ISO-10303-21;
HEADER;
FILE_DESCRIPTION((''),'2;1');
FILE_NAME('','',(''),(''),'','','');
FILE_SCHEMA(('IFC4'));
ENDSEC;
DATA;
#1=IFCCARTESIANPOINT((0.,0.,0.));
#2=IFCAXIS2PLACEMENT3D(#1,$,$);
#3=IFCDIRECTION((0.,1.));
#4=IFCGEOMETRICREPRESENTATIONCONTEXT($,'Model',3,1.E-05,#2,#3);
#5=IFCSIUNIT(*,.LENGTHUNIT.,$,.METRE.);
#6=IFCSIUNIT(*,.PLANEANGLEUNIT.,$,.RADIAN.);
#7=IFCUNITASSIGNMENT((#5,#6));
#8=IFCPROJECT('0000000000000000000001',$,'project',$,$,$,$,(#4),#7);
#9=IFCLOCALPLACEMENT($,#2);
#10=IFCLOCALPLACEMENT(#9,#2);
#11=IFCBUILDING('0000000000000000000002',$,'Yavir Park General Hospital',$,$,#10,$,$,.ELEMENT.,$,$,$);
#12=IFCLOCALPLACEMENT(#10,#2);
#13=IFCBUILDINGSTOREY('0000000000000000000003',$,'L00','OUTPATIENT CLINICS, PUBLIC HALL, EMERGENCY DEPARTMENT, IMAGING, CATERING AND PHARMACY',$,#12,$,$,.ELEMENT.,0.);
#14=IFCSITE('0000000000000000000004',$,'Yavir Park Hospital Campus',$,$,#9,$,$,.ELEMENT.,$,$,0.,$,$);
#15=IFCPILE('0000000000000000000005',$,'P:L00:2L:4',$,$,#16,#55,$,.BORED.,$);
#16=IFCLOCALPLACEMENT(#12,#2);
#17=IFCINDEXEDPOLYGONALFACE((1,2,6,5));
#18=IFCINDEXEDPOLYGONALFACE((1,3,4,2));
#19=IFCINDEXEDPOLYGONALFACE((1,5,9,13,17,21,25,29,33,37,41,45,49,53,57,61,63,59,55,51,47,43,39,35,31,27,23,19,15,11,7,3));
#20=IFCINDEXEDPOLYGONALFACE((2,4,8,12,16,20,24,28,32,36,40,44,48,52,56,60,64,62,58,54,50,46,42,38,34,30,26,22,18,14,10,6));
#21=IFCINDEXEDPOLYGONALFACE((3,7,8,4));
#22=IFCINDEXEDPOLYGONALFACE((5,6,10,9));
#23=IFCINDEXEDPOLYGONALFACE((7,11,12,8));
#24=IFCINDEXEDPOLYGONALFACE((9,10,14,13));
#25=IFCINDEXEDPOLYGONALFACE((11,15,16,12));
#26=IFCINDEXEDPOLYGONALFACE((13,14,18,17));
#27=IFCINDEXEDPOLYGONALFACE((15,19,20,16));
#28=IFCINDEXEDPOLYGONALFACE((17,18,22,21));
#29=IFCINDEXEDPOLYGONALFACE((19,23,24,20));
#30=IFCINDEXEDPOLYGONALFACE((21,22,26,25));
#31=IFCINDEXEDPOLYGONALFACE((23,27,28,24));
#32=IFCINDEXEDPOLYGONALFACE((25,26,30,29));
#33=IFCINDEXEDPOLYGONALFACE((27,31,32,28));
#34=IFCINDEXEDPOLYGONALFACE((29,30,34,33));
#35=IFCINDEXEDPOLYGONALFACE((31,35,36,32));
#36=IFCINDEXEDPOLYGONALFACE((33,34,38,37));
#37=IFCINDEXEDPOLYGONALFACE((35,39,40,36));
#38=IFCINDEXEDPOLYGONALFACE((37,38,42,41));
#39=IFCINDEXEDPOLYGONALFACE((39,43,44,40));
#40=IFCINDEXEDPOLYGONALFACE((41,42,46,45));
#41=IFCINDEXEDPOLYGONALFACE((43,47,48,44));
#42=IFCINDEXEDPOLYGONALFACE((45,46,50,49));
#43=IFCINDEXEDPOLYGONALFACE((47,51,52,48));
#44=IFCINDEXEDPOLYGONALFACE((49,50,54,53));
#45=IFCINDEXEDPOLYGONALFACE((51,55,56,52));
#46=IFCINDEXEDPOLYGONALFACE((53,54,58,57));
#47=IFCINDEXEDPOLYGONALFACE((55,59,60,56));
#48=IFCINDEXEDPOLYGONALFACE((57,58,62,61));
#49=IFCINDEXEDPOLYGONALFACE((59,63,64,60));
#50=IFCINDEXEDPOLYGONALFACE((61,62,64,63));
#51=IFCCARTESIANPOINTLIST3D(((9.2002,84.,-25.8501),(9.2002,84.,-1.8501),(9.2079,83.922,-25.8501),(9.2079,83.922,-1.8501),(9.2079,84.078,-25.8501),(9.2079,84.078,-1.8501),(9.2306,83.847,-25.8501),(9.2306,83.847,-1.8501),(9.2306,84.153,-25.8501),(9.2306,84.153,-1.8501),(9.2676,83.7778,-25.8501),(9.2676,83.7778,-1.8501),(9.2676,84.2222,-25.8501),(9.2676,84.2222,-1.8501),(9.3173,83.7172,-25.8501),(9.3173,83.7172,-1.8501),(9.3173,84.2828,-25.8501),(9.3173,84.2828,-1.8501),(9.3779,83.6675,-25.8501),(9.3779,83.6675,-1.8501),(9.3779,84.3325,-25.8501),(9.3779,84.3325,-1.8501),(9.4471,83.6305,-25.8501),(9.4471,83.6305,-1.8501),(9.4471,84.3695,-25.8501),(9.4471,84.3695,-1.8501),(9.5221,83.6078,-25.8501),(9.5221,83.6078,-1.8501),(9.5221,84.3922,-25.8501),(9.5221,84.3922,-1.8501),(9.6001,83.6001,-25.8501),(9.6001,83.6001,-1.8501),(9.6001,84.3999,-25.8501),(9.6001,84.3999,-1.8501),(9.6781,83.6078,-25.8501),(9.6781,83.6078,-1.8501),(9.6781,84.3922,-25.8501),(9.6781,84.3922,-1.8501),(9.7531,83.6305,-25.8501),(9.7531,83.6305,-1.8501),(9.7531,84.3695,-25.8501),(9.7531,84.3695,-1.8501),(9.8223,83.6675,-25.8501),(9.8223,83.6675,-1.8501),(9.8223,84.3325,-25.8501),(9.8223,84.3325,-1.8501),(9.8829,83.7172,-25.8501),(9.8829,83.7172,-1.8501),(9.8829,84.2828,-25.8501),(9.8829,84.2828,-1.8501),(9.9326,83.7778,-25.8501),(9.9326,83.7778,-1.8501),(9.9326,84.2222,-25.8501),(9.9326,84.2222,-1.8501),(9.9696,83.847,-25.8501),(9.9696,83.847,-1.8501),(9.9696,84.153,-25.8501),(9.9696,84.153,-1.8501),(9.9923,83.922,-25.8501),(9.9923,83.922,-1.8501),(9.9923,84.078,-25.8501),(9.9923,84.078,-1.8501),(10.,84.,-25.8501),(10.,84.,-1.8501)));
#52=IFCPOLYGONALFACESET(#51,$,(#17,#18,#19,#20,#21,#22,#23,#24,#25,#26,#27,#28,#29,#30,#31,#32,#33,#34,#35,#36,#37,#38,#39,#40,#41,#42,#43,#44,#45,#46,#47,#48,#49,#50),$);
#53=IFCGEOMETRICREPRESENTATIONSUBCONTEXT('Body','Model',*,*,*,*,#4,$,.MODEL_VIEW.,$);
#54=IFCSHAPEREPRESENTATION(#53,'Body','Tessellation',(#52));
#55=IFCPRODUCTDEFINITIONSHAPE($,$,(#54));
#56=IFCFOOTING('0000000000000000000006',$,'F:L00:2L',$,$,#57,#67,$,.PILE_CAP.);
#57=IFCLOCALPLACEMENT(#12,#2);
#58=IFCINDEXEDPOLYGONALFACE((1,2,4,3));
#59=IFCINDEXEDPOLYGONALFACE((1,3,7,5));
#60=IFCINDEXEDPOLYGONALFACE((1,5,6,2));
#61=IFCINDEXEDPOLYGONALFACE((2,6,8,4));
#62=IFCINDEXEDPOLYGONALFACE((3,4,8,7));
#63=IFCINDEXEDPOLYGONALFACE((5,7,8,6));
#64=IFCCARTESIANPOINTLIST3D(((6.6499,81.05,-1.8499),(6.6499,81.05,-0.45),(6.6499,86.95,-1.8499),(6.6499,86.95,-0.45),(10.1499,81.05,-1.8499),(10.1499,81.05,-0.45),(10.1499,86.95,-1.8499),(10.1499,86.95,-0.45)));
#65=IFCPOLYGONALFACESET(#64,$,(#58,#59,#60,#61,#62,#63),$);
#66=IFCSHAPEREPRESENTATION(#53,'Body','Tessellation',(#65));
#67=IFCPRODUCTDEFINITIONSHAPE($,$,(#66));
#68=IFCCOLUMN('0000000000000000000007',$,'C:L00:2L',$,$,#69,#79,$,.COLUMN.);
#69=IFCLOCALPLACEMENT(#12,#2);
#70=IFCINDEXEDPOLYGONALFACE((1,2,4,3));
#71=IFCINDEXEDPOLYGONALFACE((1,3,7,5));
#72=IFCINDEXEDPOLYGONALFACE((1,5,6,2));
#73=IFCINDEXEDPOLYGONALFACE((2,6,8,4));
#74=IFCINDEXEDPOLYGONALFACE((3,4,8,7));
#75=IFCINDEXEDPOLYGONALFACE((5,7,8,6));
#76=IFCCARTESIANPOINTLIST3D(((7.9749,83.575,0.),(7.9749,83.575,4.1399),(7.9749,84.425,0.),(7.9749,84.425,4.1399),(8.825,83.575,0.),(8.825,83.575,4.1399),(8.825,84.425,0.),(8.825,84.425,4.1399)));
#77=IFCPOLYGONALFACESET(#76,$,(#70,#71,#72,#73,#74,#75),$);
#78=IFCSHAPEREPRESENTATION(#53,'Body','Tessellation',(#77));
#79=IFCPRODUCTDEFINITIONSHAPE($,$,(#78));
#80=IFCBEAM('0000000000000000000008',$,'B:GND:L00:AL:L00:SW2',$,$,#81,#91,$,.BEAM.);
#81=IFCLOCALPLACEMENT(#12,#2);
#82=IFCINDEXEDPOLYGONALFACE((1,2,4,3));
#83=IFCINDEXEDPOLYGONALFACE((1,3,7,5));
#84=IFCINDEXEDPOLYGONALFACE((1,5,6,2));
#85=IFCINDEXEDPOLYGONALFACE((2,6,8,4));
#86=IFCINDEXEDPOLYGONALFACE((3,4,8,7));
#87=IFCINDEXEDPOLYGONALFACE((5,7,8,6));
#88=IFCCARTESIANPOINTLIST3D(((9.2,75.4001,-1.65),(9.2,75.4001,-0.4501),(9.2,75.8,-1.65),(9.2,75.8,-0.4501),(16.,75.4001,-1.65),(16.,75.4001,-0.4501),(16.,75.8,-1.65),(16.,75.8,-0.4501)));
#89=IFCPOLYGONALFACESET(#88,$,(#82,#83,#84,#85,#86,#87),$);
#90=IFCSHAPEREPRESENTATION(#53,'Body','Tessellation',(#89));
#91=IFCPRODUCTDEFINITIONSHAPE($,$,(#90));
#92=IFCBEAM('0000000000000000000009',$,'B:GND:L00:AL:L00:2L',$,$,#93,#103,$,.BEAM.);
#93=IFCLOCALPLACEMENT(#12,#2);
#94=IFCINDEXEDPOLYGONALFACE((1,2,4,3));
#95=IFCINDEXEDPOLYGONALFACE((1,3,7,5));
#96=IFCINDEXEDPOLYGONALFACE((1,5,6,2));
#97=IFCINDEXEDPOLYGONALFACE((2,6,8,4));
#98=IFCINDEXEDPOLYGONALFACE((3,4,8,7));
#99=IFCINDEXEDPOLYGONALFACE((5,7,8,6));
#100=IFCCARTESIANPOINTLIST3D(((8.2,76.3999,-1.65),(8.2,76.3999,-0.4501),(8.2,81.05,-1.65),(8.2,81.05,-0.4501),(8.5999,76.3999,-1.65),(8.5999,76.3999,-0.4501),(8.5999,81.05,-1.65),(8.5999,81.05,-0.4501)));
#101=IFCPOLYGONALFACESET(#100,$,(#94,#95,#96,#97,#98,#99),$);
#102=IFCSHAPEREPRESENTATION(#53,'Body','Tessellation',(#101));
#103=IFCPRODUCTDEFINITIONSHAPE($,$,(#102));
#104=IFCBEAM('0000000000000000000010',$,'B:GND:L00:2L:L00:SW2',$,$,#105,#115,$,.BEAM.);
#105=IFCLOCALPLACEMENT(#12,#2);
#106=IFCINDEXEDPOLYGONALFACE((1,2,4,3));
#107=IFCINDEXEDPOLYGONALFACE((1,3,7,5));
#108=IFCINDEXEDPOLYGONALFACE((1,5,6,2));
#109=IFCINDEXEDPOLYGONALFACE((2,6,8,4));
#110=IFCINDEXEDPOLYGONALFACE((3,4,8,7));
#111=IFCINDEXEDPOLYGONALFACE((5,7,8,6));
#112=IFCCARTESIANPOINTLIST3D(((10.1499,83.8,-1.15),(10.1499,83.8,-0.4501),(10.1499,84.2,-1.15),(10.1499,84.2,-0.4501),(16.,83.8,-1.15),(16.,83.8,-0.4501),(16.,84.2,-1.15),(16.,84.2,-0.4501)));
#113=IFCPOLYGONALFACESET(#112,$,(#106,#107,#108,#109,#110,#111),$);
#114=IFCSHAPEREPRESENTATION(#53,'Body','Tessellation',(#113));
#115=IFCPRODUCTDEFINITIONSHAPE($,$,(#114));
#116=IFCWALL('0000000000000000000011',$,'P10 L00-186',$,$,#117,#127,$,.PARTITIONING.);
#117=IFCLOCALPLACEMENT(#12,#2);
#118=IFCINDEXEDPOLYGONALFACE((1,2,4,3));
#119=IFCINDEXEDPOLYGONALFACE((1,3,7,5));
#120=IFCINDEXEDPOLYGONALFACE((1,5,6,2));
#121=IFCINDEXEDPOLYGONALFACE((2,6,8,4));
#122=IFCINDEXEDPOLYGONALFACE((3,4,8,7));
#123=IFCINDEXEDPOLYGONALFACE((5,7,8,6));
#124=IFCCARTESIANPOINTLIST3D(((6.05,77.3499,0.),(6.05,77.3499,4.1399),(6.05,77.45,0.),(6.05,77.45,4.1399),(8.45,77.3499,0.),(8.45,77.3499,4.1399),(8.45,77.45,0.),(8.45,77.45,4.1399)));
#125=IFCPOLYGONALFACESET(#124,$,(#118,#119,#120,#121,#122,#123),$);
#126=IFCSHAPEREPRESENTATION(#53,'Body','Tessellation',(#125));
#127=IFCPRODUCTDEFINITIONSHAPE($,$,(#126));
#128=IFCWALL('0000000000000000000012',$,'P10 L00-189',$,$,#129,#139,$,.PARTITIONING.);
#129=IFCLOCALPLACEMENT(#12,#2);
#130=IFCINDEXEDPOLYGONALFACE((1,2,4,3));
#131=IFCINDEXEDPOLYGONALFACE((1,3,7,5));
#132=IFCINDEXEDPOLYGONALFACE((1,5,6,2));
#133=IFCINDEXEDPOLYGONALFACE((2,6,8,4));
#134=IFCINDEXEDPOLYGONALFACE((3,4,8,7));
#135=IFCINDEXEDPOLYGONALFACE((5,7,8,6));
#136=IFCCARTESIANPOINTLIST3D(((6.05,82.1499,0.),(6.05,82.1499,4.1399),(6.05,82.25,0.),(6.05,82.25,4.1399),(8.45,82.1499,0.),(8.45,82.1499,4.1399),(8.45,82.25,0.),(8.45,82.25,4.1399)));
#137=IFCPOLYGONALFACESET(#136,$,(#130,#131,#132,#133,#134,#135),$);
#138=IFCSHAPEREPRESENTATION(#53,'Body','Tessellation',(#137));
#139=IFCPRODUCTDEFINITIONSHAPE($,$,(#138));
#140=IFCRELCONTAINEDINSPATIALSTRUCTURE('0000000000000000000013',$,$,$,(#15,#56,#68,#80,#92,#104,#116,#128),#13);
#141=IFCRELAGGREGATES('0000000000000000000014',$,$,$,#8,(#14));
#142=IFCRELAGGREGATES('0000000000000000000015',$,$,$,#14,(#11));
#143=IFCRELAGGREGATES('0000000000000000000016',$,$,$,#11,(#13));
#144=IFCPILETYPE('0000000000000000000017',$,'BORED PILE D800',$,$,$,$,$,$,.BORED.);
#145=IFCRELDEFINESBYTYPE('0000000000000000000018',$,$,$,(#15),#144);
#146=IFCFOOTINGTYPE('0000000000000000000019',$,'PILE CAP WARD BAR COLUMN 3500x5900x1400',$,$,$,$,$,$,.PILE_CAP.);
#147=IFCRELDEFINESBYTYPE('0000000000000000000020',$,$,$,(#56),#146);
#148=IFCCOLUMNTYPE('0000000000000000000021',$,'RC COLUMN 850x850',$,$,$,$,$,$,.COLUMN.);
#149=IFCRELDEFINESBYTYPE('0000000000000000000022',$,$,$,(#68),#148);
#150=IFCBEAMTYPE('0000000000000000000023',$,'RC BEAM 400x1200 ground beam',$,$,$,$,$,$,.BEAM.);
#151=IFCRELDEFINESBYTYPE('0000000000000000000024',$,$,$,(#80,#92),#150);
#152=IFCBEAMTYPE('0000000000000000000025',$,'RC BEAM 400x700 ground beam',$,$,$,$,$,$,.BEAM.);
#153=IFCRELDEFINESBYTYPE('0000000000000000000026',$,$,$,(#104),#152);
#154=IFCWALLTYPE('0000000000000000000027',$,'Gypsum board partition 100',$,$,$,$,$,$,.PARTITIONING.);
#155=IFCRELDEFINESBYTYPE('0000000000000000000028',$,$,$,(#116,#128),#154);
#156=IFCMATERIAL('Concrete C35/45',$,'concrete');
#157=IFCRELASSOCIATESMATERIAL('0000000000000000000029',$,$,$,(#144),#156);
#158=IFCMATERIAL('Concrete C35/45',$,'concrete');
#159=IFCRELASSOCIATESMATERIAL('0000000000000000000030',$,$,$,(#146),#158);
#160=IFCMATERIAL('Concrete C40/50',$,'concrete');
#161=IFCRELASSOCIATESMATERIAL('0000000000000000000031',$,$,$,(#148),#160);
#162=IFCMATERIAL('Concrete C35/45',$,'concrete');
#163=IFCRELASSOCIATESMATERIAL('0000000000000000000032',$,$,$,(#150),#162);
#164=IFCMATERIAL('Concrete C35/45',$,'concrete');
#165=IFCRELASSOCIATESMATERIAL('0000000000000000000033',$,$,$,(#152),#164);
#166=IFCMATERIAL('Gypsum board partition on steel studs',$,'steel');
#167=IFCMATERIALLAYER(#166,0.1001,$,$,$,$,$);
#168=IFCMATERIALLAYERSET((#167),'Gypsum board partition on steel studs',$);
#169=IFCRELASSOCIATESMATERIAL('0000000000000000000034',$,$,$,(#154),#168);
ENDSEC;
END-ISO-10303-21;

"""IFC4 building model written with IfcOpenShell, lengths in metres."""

from ifc_helpers import new_model, si_unit, direction, frame, frame_2d, origin, origin_2d, place, context, subcontext, project, spatial, rectangle, circle, extrude, material, layer, layer_set, material_profile, profile_set, type_object, element, save


model = new_model("IFC4")

# Units and contexts
model_context = context("Model", 3, precision=1e-05, world=origin(), true_north=direction((0.0, 1.0)))
body_context = subcontext(model_context, "Body", "Model", "MODEL_VIEW")
ifc_project = project(units=[si_unit("LENGTHUNIT", "METRE"), si_unit("PLANEANGLEUNIT", "RADIAN")], contexts=[model_context])

# Site, building, storey
site_placement = place(None, origin())
site = spatial("IfcSite", under=ifc_project, at=site_placement, Name="Yavir Park Hospital Campus", CompositionType="ELEMENT", RefElevation=0.0)
building_placement = place(site_placement, origin())
building = spatial("IfcBuilding", under=site, at=building_placement, Name="Yavir Park General Hospital", CompositionType="ELEMENT")
storey_placement = place(building_placement, origin())
storey = spatial("IfcBuildingStorey", under=building, at=storey_placement, Name="L00", Description="OUTPATIENT CLINICS, PUBLIC HALL, EMERGENCY DEPARTMENT, IMAGING, CATERING AND PHARMACY", CompositionType="ELEMENT", Elevation=0.0)

# Pile
ifc_material_1 = material(Name="Concrete C35/45", Category="concrete")
ifc_material_profile_1 = material_profile(ifc_material_1, circle(Radius=0.3999, at=origin_2d()), Name="D800")
ifc_profile_set_1 = profile_set([ifc_material_profile_1], Name="Concrete C35/45")
pile_type_1 = type_object("IfcPileType", Name="BORED PILE D800", PredefinedType="BORED", material=ifc_profile_set_1)
for number, where, z_axis, x_axis, name in (
    (1, (9.6001, 84.0, -1.8501), (0.0, 0.0, -1.0), (1.0, 0.0, 0.0), "P:L00:2L:4"),
):
    element("IfcPile", number, at=place(storey_placement, frame(where, z_axis=z_axis, x_axis=x_axis)), inside=storey, type_object=pile_type_1, Name=name, PredefinedType="BORED", context=body_context, shape_type="SweptSolid", body=[
        extrude(circle(Radius=0.3999, at=origin_2d()), origin(), (0.0, 0.0, 1.0), 24.0),
    ])

# Footing
ifc_material_2 = material(Name="Concrete C35/45", Category="concrete")
footing_type = type_object("IfcFootingType", Name="PILE CAP WARD BAR COLUMN 3500x5900x1400", PredefinedType="PILE_CAP", material=ifc_material_2)
footing_placement = place(storey_placement, frame((8.3999, 84.0, -1.8499), z_axis=(0.0, 0.0, 1.0), x_axis=(1.0, 0.0, 0.0)))
element("IfcFooting", 2, at=footing_placement, inside=storey, type_object=footing_type, Name="F:L00:2L", PredefinedType="PILE_CAP", context=body_context, shape_type="SweptSolid", body=[
    extrude(rectangle(XDim=3.5, YDim=5.8999, at=origin_2d()), origin(), (0.0, 0.0, 1.0), 1.3999),
])

# Column
ifc_material_3 = material(Name="Concrete C40/50", Category="concrete")
ifc_material_profile_2 = material_profile(ifc_material_3, rectangle(XDim=0.8501, YDim=0.8501, at=origin_2d()), Name="RC850x850")
ifc_profile_set_2 = profile_set([ifc_material_profile_2], Name="Concrete C40/50")
column_type = type_object("IfcColumnType", Name="RC COLUMN 850x850", PredefinedType="COLUMN", material=ifc_profile_set_2)
column_placement = place(storey_placement, frame((8.3999, 84.0, 0.0), z_axis=(0.0, 0.0, 1.0), x_axis=(1.0, 0.0, 0.0)))
element("IfcColumn", 3, at=column_placement, inside=storey, type_object=column_type, Name="C:L00:2L", PredefinedType="COLUMN", context=body_context, shape_type="SweptSolid", body=[
    extrude(rectangle(XDim=0.8501, YDim=0.8501, at=origin_2d()), origin(), (0.0, 0.0, 1.0), 4.1399),
])

# Beams
ifc_material_4 = material(Name="Concrete C35/45", Category="concrete")
ifc_material_profile_3 = material_profile(ifc_material_4, rectangle(XDim=0.3999, YDim=1.2, at=origin_2d()), Name="RC400x1200")
ifc_profile_set_3 = profile_set([ifc_material_profile_3], Name="Concrete C35/45")
beam_type_1 = type_object("IfcBeamType", Name="RC BEAM 400x1200 ground beam", PredefinedType="BEAM", material=ifc_profile_set_3)
beam_1_placement = place(storey_placement, frame((9.2, 75.6001, -1.05), z_axis=(1.0, 0.0, 0.0), x_axis=(0.0, 1.0, 0.0)))
element("IfcBeam", 4, at=beam_1_placement, inside=storey, type_object=beam_type_1, Name="B:GND:L00:AL:L00:SW2", PredefinedType="BEAM", context=body_context, shape_type="SweptSolid", body=[
    extrude(rectangle(XDim=0.3999, YDim=1.2, at=origin_2d()), origin(), (0.0, 0.0, 1.0), 6.8),
])
beam_2_placement = place(storey_placement, frame((8.3999, 76.3999, -1.05), z_axis=(0.0, 1.0, 0.0), x_axis=(-1.0, 0.0, 0.0)))
element("IfcBeam", 5, at=beam_2_placement, inside=storey, type_object=beam_type_1, Name="B:GND:L00:AL:L00:2L", PredefinedType="BEAM", context=body_context, shape_type="SweptSolid", body=[
    extrude(rectangle(XDim=0.3999, YDim=1.2, at=origin_2d()), origin(), (0.0, 0.0, 1.0), 4.6501),
])
ifc_material_5 = material(Name="Concrete C35/45", Category="concrete")
ifc_material_profile_4 = material_profile(ifc_material_5, rectangle(XDim=0.3999, YDim=0.7, at=origin_2d()), Name="RC400x700")
ifc_profile_set_4 = profile_set([ifc_material_profile_4], Name="Concrete C35/45")
beam_type_2 = type_object("IfcBeamType", Name="RC BEAM 400x700 ground beam", PredefinedType="BEAM", material=ifc_profile_set_4)
beam_3_placement = place(storey_placement, frame((10.1499, 84.0, -0.8), z_axis=(1.0, 0.0, 0.0), x_axis=(0.0, 1.0, 0.0)))
element("IfcBeam", 6, at=beam_3_placement, inside=storey, type_object=beam_type_2, Name="B:GND:L00:2L:L00:SW2", PredefinedType="BEAM", context=body_context, shape_type="SweptSolid", body=[
    extrude(rectangle(XDim=0.3999, YDim=0.7, at=origin_2d()), origin(), (0.0, 0.0, 1.0), 5.8501),
])

# Walls
ifc_material_6 = material(Name="Gypsum board partition on steel studs", Category="steel")
ifc_layer_1 = layer(ifc_material_6, 0.1001)
ifc_layer_set_1 = layer_set([ifc_layer_1], Name="Gypsum board partition on steel studs")
wall_type_1 = type_object("IfcWallType", Name="Gypsum board partition 100", PredefinedType="PARTITIONING", material=ifc_layer_set_1)
for number, where, z_axis, x_axis, name in (
    (7, (6.05, 77.3999, 0.0), (0.0, 0.0, 1.0), (1.0, 0.0, 0.0), "P10 L00-186"),
    (8, (6.05, 82.2, 0.0), (0.0, 0.0, 1.0), (1.0, 0.0, 0.0), "P10 L00-189"),
):
    element("IfcWall", number, at=place(storey_placement, frame(where, z_axis=z_axis, x_axis=x_axis)), inside=storey, type_object=wall_type_1, Name=name, PredefinedType="PARTITIONING", context=body_context, shape_type="SweptSolid", body=[
        extrude(rectangle(XDim=2.3999, YDim=0.1001, at=frame_2d((1.2, 0.0))), origin(), (0.0, 0.0, 1.0), 4.1399),
    ])

save(model, "model.ifc")
